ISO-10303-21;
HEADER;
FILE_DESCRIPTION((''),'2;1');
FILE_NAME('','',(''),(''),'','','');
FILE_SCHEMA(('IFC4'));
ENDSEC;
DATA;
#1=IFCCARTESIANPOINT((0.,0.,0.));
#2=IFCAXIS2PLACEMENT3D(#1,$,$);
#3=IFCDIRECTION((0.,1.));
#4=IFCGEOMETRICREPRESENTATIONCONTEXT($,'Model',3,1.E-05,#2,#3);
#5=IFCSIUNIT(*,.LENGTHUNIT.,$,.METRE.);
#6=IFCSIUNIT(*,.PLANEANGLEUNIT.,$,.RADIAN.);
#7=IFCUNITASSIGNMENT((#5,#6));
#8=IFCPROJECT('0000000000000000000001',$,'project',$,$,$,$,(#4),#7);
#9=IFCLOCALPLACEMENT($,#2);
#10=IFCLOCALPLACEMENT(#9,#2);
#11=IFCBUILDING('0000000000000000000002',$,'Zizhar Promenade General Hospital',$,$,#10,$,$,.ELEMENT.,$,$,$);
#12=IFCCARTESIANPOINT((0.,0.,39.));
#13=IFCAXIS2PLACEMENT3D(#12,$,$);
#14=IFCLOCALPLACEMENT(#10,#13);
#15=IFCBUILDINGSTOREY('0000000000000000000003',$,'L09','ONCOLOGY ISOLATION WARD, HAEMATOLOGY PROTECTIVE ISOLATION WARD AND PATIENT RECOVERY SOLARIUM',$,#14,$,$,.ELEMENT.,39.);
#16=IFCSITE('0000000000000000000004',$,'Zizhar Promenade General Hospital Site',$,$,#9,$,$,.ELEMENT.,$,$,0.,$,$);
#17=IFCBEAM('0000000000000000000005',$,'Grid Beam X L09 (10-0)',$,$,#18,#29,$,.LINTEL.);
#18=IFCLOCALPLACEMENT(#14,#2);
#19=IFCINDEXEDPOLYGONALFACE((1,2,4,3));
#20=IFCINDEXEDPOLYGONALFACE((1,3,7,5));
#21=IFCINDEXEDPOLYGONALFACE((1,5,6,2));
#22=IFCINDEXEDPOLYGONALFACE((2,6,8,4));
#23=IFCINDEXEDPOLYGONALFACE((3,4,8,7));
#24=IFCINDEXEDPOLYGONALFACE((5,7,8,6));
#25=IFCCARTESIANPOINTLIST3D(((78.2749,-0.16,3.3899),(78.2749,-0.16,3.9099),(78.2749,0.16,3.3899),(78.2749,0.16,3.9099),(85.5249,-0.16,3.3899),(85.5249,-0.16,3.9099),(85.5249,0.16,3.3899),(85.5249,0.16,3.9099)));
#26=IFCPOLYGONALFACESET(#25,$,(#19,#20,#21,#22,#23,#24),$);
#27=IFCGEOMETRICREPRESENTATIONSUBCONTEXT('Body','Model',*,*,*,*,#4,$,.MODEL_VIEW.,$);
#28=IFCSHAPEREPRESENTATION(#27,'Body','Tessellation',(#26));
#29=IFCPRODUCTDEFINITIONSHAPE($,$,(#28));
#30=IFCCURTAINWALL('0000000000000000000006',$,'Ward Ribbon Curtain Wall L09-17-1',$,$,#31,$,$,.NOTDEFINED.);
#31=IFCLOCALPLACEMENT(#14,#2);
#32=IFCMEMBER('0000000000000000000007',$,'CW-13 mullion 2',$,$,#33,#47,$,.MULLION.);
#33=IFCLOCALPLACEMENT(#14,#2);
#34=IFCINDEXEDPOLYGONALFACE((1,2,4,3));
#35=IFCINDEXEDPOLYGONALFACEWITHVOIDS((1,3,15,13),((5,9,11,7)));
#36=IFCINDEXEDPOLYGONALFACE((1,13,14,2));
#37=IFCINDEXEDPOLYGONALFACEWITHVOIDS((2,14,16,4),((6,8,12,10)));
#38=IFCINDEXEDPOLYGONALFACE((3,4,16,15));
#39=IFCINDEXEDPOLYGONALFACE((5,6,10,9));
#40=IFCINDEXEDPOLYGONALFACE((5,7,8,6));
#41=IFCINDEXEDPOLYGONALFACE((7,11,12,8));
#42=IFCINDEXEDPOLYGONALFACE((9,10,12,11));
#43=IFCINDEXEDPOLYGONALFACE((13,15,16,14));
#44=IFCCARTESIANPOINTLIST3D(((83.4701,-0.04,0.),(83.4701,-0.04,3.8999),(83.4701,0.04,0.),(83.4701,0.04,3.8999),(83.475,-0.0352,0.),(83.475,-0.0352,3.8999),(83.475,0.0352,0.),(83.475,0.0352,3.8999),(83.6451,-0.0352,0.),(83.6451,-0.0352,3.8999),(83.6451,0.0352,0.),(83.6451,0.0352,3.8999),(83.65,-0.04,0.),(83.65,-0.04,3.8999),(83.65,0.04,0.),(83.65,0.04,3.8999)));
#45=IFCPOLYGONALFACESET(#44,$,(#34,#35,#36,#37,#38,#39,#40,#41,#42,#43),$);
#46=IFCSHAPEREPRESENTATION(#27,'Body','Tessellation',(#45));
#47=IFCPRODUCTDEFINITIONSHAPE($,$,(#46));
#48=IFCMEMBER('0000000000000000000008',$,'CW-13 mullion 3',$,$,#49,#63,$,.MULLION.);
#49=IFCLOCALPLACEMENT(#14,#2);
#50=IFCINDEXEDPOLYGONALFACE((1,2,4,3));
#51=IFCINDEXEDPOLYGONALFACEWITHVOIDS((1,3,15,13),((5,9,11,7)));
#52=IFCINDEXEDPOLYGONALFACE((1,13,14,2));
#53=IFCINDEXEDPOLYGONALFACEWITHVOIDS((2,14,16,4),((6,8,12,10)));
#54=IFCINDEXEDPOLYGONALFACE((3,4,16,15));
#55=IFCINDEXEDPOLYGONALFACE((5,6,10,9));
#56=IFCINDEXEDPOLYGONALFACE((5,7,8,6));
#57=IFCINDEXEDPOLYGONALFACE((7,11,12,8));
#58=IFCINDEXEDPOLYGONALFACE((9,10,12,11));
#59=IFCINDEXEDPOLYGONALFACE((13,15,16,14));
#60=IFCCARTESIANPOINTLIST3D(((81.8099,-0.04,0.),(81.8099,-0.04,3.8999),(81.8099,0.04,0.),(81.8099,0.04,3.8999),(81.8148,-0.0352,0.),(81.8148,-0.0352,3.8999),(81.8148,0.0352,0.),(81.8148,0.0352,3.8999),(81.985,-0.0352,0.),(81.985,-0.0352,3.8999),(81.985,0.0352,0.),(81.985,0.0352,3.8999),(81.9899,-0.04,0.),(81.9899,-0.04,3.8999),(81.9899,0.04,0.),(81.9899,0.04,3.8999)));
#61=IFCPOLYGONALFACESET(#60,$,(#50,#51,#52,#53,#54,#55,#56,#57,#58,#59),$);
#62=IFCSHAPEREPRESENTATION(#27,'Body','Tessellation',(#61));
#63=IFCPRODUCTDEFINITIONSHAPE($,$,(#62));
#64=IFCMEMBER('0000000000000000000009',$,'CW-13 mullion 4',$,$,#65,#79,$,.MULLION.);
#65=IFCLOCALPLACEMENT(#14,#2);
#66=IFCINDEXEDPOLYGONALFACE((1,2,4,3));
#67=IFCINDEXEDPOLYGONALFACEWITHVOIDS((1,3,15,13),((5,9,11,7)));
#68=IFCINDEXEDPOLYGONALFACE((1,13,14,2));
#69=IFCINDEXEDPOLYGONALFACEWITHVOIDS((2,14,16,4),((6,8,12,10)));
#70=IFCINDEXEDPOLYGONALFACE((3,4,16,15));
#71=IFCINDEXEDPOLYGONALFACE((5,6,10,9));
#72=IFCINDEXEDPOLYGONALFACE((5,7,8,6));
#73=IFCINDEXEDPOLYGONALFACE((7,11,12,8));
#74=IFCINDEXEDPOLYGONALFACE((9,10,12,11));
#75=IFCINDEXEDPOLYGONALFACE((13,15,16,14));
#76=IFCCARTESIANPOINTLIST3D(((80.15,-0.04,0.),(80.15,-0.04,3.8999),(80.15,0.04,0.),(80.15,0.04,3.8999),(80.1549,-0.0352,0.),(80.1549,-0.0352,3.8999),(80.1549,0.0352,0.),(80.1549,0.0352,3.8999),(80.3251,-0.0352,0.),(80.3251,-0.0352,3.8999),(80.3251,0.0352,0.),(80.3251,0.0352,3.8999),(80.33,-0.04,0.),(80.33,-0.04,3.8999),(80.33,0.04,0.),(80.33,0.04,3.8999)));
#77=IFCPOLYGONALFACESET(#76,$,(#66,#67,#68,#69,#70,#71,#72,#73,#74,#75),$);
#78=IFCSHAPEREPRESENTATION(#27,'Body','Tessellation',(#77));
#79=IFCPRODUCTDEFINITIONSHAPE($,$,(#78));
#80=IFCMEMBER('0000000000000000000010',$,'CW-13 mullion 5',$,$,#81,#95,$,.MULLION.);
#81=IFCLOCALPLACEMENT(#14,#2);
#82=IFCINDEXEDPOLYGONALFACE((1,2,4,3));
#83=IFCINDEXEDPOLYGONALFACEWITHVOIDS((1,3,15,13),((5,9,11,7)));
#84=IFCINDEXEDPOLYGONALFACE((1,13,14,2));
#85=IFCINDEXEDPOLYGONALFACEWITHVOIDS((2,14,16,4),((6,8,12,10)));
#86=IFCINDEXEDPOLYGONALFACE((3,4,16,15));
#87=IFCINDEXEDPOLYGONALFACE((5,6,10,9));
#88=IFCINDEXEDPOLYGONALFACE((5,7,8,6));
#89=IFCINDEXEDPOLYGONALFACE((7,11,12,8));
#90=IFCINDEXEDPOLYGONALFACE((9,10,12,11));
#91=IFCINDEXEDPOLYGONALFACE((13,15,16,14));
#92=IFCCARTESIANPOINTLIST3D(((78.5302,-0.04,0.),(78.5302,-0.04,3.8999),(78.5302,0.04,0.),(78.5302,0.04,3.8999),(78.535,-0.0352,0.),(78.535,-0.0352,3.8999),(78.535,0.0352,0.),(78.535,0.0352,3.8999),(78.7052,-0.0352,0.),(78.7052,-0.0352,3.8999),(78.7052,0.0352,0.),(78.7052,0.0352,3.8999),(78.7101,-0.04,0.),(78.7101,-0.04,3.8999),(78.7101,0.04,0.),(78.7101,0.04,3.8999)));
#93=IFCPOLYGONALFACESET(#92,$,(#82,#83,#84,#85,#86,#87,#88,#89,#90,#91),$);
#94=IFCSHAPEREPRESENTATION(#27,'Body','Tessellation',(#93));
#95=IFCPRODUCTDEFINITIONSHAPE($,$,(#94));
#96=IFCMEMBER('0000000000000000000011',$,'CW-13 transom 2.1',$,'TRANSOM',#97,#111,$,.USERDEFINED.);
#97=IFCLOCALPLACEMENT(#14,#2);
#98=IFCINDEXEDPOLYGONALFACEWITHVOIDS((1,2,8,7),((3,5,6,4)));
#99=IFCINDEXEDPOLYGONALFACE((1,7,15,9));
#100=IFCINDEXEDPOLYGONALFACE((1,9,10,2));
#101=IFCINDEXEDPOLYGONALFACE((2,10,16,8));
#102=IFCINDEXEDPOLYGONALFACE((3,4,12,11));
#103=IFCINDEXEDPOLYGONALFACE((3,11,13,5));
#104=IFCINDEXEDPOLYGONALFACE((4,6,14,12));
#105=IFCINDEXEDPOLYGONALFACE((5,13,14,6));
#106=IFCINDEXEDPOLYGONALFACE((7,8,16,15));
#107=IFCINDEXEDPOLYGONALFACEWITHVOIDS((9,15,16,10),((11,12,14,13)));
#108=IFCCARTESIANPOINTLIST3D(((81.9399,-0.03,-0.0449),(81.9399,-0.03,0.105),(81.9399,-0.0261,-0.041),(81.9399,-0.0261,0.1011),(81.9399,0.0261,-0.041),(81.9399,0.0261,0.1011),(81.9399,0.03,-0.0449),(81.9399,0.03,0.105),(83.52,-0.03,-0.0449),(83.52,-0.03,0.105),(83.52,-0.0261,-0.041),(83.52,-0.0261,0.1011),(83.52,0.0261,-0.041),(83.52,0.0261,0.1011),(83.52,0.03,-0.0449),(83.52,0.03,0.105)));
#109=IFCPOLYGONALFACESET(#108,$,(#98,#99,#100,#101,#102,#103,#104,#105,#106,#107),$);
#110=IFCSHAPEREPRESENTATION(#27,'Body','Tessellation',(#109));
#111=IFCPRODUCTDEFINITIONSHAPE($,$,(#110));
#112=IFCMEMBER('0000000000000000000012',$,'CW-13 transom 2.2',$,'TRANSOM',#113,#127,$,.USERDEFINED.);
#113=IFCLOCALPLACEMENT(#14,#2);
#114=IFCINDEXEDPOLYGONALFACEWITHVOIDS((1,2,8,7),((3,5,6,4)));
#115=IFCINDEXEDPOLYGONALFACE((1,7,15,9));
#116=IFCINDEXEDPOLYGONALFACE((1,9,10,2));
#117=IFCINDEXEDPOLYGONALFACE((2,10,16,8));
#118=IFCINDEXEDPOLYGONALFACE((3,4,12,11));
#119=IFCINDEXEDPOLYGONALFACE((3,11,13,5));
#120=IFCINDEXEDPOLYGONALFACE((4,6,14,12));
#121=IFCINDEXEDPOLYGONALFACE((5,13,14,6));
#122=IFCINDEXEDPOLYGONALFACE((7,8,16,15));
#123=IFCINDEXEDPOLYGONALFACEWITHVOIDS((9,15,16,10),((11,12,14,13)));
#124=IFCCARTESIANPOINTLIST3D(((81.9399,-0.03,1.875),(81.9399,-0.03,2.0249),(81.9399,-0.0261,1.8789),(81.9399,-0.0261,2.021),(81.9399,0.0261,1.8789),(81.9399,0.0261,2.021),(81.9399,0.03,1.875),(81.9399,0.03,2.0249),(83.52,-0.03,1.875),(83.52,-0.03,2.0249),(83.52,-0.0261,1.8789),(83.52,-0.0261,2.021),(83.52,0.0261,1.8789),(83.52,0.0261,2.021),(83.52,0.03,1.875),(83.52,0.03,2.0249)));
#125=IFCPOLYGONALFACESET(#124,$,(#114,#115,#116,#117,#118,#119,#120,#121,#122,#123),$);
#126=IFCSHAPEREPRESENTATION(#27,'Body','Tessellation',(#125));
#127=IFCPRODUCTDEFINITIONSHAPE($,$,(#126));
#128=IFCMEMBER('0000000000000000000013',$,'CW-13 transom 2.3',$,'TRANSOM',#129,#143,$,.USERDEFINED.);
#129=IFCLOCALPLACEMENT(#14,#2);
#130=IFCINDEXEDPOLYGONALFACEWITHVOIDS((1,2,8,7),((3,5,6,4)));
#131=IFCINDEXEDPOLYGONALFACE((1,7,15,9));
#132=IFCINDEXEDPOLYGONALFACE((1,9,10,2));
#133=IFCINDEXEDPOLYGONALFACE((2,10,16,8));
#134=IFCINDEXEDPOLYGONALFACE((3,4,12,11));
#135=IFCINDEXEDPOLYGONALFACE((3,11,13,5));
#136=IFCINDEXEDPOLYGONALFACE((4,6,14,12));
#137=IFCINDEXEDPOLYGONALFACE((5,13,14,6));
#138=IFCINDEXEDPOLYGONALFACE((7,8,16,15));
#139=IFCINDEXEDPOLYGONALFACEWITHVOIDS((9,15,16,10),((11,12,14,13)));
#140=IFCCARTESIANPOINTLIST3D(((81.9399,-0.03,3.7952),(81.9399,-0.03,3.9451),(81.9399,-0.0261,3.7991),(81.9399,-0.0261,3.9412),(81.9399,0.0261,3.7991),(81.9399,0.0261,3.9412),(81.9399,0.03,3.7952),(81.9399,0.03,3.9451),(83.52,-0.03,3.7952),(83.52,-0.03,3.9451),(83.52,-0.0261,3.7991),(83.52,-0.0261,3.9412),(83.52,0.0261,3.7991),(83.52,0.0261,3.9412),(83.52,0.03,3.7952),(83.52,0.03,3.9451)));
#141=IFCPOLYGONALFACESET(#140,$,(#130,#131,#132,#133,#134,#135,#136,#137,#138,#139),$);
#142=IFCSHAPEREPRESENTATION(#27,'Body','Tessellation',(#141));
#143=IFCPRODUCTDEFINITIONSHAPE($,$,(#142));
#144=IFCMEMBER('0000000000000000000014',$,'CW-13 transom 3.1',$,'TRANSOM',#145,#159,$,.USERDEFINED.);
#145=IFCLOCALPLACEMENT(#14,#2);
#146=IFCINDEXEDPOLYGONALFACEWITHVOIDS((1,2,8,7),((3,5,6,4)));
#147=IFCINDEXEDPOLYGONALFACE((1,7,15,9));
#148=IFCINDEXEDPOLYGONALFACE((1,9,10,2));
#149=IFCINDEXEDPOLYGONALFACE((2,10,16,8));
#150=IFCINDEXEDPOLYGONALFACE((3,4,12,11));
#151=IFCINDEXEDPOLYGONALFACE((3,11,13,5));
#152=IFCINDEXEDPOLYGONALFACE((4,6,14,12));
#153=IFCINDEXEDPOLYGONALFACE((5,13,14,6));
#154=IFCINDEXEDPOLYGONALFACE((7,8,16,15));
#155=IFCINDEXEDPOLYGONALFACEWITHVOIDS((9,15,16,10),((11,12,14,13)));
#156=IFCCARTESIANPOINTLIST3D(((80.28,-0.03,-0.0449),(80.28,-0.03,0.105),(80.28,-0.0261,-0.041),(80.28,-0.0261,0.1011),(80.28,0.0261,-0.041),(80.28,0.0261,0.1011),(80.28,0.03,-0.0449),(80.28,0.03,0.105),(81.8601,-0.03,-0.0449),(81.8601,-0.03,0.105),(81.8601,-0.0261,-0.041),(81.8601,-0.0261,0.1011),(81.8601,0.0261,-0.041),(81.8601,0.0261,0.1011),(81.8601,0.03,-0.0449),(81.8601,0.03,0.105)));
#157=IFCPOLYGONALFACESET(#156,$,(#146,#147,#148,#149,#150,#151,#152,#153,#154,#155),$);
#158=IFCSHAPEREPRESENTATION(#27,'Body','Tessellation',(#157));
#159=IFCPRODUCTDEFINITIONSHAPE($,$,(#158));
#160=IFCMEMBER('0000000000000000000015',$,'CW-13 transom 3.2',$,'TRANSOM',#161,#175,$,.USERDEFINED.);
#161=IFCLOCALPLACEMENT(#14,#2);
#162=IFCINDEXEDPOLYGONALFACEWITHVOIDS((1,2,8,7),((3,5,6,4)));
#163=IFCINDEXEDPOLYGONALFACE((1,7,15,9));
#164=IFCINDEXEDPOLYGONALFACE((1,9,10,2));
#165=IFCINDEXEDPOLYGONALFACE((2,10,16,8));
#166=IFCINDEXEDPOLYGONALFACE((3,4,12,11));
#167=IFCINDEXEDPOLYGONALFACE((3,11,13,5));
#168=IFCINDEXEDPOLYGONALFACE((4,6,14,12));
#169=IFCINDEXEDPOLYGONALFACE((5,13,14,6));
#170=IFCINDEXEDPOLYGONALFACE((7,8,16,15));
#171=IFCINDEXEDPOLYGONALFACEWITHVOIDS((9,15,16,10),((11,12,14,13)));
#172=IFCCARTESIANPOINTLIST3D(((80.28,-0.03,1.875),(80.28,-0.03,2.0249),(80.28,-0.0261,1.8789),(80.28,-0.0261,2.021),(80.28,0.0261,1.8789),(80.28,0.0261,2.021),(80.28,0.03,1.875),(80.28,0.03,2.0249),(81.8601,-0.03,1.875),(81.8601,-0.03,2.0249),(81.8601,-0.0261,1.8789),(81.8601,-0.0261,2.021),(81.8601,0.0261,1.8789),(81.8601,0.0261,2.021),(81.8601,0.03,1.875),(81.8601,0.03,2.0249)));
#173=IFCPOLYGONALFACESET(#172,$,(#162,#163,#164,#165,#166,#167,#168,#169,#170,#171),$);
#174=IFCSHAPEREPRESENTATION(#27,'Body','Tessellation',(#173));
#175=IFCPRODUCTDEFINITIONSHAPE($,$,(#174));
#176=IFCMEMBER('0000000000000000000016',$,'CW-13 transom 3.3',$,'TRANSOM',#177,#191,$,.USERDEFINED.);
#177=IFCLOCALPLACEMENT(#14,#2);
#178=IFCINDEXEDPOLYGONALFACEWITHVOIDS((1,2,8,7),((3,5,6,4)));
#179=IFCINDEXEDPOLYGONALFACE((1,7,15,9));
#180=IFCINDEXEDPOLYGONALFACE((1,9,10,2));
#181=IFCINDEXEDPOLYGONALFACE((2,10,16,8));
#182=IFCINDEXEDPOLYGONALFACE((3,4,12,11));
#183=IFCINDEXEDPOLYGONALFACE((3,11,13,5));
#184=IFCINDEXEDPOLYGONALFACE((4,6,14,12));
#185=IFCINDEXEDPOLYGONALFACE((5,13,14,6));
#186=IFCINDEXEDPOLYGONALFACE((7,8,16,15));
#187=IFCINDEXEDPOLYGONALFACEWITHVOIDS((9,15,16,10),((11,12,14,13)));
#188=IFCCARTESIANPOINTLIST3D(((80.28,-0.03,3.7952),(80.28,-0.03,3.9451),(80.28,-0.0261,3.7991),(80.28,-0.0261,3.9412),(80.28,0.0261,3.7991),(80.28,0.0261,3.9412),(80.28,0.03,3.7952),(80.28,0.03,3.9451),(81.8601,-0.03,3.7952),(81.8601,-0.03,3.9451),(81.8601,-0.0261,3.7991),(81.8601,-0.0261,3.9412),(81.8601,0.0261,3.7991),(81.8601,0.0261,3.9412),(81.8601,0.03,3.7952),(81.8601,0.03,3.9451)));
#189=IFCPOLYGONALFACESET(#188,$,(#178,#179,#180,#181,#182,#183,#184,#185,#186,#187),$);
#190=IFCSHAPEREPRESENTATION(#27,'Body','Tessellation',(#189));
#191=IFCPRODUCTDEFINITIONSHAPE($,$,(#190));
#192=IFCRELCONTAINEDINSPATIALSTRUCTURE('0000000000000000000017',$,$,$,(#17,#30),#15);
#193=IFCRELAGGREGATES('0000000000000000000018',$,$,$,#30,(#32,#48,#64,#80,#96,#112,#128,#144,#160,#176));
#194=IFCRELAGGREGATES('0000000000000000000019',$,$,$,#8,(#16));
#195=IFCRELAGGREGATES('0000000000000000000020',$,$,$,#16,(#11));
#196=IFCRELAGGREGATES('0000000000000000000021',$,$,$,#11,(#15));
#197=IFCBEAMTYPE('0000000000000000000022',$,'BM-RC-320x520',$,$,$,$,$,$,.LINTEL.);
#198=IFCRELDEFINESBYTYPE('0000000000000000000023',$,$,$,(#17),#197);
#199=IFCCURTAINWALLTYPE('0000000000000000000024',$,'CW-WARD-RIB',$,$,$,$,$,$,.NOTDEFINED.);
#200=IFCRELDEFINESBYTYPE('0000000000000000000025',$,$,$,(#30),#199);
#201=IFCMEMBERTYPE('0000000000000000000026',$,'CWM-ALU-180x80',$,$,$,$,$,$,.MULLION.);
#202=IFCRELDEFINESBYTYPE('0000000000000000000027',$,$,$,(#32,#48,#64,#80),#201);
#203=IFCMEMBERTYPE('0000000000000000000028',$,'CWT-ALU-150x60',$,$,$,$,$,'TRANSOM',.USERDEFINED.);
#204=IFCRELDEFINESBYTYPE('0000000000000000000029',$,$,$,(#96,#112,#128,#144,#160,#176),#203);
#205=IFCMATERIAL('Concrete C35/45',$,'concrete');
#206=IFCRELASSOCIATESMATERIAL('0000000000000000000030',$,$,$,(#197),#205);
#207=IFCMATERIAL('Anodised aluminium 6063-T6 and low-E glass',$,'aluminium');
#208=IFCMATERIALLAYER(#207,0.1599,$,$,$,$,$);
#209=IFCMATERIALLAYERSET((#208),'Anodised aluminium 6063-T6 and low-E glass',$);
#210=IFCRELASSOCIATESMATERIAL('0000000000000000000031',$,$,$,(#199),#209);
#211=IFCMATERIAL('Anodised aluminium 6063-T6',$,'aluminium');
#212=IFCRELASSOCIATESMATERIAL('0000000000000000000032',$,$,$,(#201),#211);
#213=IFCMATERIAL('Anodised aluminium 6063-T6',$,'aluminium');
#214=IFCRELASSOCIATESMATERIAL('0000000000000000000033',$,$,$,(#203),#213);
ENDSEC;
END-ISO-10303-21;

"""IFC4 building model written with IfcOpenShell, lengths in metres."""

from ifc_helpers import new_model, si_unit, direction, frame, origin, origin_2d, place, context, subcontext, project, spatial, rectangle, hollow_rectangle, extrude, material, layer, layer_set, material_profile, profile_set, type_object, element, aggregate, save


model = new_model("IFC4")

# Units and contexts
model_context = context("Model", 3, precision=1e-05, world=origin(), true_north=direction((0.0, 1.0)))
body_context = subcontext(model_context, "Body", "Model", "MODEL_VIEW")
ifc_project = project(units=[si_unit("LENGTHUNIT", "METRE"), si_unit("PLANEANGLEUNIT", "RADIAN")], contexts=[model_context])

# Site, building, storey
site_placement = place(None, origin())
site = spatial("IfcSite", under=ifc_project, at=site_placement, Name="Zizhar Promenade General Hospital Site", CompositionType="ELEMENT", RefElevation=0.0)
building_placement = place(site_placement, origin())
building = spatial("IfcBuilding", under=site, at=building_placement, Name="Zizhar Promenade General Hospital", CompositionType="ELEMENT")
storey_placement = place(building_placement, frame((0.0, 0.0, 39.0)))
storey = spatial("IfcBuildingStorey", under=building, at=storey_placement, Name="L09", Description="ONCOLOGY ISOLATION WARD, HAEMATOLOGY PROTECTIVE ISOLATION WARD AND PATIENT RECOVERY SOLARIUM", CompositionType="ELEMENT", Elevation=39.0)

# Beam
ifc_material_1 = material(Name="Concrete C35/45", Category="concrete")
ifc_material_profile_1 = material_profile(ifc_material_1, rectangle(XDim=0.3201, YDim=0.52, at=origin_2d()))
ifc_profile_set_1 = profile_set([ifc_material_profile_1], Name="Concrete C35/45")
beam_type = type_object("IfcBeamType", Name="BM-RC-320x520", PredefinedType="LINTEL", material=ifc_profile_set_1)
beam_placement = place(storey_placement, frame((78.2749, 0.0, 3.6499), z_axis=(1.0, 0.0, 0.0), x_axis=(0.0, 1.0, 0.0)))
element("IfcBeam", 1, at=beam_placement, inside=storey, type_object=beam_type, Name="Grid Beam X L09 (10-0)", PredefinedType="LINTEL", context=body_context, shape_type="SweptSolid", body=[
    extrude(rectangle(XDim=0.3201, YDim=0.52, at=origin_2d()), origin(), (0.0, 0.0, 1.0), 7.25),
])

# Curtain wall, members
ifc_material_2 = material(Name="Anodised aluminium 6063-T6 and low-E glass", Category="aluminium")
ifc_layer_1 = layer(ifc_material_2, 0.1599)
ifc_layer_set_1 = layer_set([ifc_layer_1], Name="Anodised aluminium 6063-T6 and low-E glass")
curtain_wall_type = type_object("IfcCurtainWallType", Name="CW-WARD-RIB", PredefinedType="NOTDEFINED", material=ifc_layer_set_1)
curtain_wall_placement = place(storey_placement, origin())
curtain_wall = element("IfcCurtainWall", 2, at=curtain_wall_placement, inside=storey, type_object=curtain_wall_type, Name="Ward Ribbon Curtain Wall L09-17-1", PredefinedType="NOTDEFINED")
ifc_material_3 = material(Name="Anodised aluminium 6063-T6", Category="aluminium")
ifc_material_profile_2 = material_profile(ifc_material_3, hollow_rectangle(XDim=0.0801, YDim=0.1799, WallThickness=0.0049, at=origin_2d()))
ifc_profile_set_2 = profile_set([ifc_material_profile_2], Name="Anodised aluminium 6063-T6")
member_type_1 = type_object("IfcMemberType", Name="CWM-ALU-180x80", PredefinedType="MULLION", material=ifc_profile_set_2)
member_1_placement = place(storey_placement, frame((83.5601, 0.0, 0.0), z_axis=(0.0, 0.0, 1.0), x_axis=(0.0, -1.0, 0.0)))
member_1 = element("IfcMember", 3, at=member_1_placement, type_object=member_type_1, Name="CW-13 mullion 2", PredefinedType="MULLION", context=body_context, shape_type="SweptSolid", body=[
    extrude(hollow_rectangle(XDim=0.0801, YDim=0.1799, WallThickness=0.0049, at=origin_2d()), origin(), (0.0, 0.0, 1.0), 3.8999),
])
member_2_placement = place(storey_placement, frame((81.8999, 0.0, 0.0), z_axis=(0.0, 0.0, 1.0), x_axis=(0.0, -1.0, 0.0)))
member_2 = element("IfcMember", 4, at=member_2_placement, type_object=member_type_1, Name="CW-13 mullion 3", PredefinedType="MULLION", context=body_context, shape_type="SweptSolid", body=[
    extrude(hollow_rectangle(XDim=0.0801, YDim=0.1799, WallThickness=0.0049, at=origin_2d()), origin(), (0.0, 0.0, 1.0), 3.8999),
])
member_3_placement = place(storey_placement, frame((80.24, 0.0, 0.0), z_axis=(0.0, 0.0, 1.0), x_axis=(0.0, -1.0, 0.0)))
member_3 = element("IfcMember", 5, at=member_3_placement, type_object=member_type_1, Name="CW-13 mullion 4", PredefinedType="MULLION", context=body_context, shape_type="SweptSolid", body=[
    extrude(hollow_rectangle(XDim=0.0801, YDim=0.1799, WallThickness=0.0049, at=origin_2d()), origin(), (0.0, 0.0, 1.0), 3.8999),
])
member_4_placement = place(storey_placement, frame((78.6201, 0.0, 0.0), z_axis=(0.0, 0.0, 1.0), x_axis=(0.0, -1.0, 0.0)))
member_4 = element("IfcMember", 6, at=member_4_placement, type_object=member_type_1, Name="CW-13 mullion 5", PredefinedType="MULLION", context=body_context, shape_type="SweptSolid", body=[
    extrude(hollow_rectangle(XDim=0.0801, YDim=0.1799, WallThickness=0.0049, at=origin_2d()), origin(), (0.0, 0.0, 1.0), 3.8999),
])
ifc_material_4 = material(Name="Anodised aluminium 6063-T6", Category="aluminium")
ifc_material_profile_3 = material_profile(ifc_material_4, hollow_rectangle(XDim=0.0601, YDim=0.1499, WallThickness=0.0039, at=origin_2d()))
ifc_profile_set_3 = profile_set([ifc_material_profile_3], Name="Anodised aluminium 6063-T6")
member_type_2 = type_object("IfcMemberType", Name="CWT-ALU-150x60", ElementType="TRANSOM", PredefinedType="USERDEFINED", material=ifc_profile_set_3)
member_5_placement = place(storey_placement, frame((83.52, 0.0, 0.03), z_axis=(-1.0, 0.0, 0.0), x_axis=(0.0, -1.0, 0.0)))
member_5 = element("IfcMember", 7, at=member_5_placement, type_object=member_type_2, Name="CW-13 transom 2.1", ObjectType="TRANSOM", PredefinedType="USERDEFINED", context=body_context, shape_type="SweptSolid", body=[
    extrude(hollow_rectangle(XDim=0.0601, YDim=0.1499, WallThickness=0.0039, at=origin_2d()), origin(), (0.0, 0.0, 1.0), 1.5801),
])
member_6_placement = place(storey_placement, frame((83.52, 0.0, 1.95), z_axis=(-1.0, 0.0, 0.0), x_axis=(0.0, -1.0, 0.0)))
member_6 = element("IfcMember", 8, at=member_6_placement, type_object=member_type_2, Name="CW-13 transom 2.2", ObjectType="TRANSOM", PredefinedType="USERDEFINED", context=body_context, shape_type="SweptSolid", body=[
    extrude(hollow_rectangle(XDim=0.0601, YDim=0.1499, WallThickness=0.0039, at=origin_2d()), origin(), (0.0, 0.0, 1.0), 1.5801),
])
member_7_placement = place(storey_placement, frame((83.52, 0.0, 3.8701), z_axis=(-1.0, 0.0, 0.0), x_axis=(0.0, -1.0, 0.0)))
member_7 = element("IfcMember", 9, at=member_7_placement, type_object=member_type_2, Name="CW-13 transom 2.3", ObjectType="TRANSOM", PredefinedType="USERDEFINED", context=body_context, shape_type="SweptSolid", body=[
    extrude(hollow_rectangle(XDim=0.0601, YDim=0.1499, WallThickness=0.0039, at=origin_2d()), origin(), (0.0, 0.0, 1.0), 1.5801),
])
member_8_placement = place(storey_placement, frame((81.8601, 0.0, 0.03), z_axis=(-1.0, 0.0, 0.0), x_axis=(0.0, -1.0, 0.0)))
member_8 = element("IfcMember", 10, at=member_8_placement, type_object=member_type_2, Name="CW-13 transom 3.1", ObjectType="TRANSOM", PredefinedType="USERDEFINED", context=body_context, shape_type="SweptSolid", body=[
    extrude(hollow_rectangle(XDim=0.0601, YDim=0.1499, WallThickness=0.0039, at=origin_2d()), origin(), (0.0, 0.0, 1.0), 1.5801),
])
member_9_placement = place(storey_placement, frame((81.8601, 0.0, 1.95), z_axis=(-1.0, 0.0, 0.0), x_axis=(0.0, -1.0, 0.0)))
member_9 = element("IfcMember", 11, at=member_9_placement, type_object=member_type_2, Name="CW-13 transom 3.2", ObjectType="TRANSOM", PredefinedType="USERDEFINED", context=body_context, shape_type="SweptSolid", body=[
    extrude(hollow_rectangle(XDim=0.0601, YDim=0.1499, WallThickness=0.0039, at=origin_2d()), origin(), (0.0, 0.0, 1.0), 1.5801),
])
member_10_placement = place(storey_placement, frame((81.8601, 0.0, 3.8701), z_axis=(-1.0, 0.0, 0.0), x_axis=(0.0, -1.0, 0.0)))
member_10 = element("IfcMember", 12, at=member_10_placement, type_object=member_type_2, Name="CW-13 transom 3.3", ObjectType="TRANSOM", PredefinedType="USERDEFINED", context=body_context, shape_type="SweptSolid", body=[
    extrude(hollow_rectangle(XDim=0.0601, YDim=0.1499, WallThickness=0.0039, at=origin_2d()), origin(), (0.0, 0.0, 1.0), 1.5801),
])
aggregate(curtain_wall, [member_1, member_2, member_3, member_4, member_5, member_6, member_7, member_8, member_9, member_10])

save(model, "model.ifc")
